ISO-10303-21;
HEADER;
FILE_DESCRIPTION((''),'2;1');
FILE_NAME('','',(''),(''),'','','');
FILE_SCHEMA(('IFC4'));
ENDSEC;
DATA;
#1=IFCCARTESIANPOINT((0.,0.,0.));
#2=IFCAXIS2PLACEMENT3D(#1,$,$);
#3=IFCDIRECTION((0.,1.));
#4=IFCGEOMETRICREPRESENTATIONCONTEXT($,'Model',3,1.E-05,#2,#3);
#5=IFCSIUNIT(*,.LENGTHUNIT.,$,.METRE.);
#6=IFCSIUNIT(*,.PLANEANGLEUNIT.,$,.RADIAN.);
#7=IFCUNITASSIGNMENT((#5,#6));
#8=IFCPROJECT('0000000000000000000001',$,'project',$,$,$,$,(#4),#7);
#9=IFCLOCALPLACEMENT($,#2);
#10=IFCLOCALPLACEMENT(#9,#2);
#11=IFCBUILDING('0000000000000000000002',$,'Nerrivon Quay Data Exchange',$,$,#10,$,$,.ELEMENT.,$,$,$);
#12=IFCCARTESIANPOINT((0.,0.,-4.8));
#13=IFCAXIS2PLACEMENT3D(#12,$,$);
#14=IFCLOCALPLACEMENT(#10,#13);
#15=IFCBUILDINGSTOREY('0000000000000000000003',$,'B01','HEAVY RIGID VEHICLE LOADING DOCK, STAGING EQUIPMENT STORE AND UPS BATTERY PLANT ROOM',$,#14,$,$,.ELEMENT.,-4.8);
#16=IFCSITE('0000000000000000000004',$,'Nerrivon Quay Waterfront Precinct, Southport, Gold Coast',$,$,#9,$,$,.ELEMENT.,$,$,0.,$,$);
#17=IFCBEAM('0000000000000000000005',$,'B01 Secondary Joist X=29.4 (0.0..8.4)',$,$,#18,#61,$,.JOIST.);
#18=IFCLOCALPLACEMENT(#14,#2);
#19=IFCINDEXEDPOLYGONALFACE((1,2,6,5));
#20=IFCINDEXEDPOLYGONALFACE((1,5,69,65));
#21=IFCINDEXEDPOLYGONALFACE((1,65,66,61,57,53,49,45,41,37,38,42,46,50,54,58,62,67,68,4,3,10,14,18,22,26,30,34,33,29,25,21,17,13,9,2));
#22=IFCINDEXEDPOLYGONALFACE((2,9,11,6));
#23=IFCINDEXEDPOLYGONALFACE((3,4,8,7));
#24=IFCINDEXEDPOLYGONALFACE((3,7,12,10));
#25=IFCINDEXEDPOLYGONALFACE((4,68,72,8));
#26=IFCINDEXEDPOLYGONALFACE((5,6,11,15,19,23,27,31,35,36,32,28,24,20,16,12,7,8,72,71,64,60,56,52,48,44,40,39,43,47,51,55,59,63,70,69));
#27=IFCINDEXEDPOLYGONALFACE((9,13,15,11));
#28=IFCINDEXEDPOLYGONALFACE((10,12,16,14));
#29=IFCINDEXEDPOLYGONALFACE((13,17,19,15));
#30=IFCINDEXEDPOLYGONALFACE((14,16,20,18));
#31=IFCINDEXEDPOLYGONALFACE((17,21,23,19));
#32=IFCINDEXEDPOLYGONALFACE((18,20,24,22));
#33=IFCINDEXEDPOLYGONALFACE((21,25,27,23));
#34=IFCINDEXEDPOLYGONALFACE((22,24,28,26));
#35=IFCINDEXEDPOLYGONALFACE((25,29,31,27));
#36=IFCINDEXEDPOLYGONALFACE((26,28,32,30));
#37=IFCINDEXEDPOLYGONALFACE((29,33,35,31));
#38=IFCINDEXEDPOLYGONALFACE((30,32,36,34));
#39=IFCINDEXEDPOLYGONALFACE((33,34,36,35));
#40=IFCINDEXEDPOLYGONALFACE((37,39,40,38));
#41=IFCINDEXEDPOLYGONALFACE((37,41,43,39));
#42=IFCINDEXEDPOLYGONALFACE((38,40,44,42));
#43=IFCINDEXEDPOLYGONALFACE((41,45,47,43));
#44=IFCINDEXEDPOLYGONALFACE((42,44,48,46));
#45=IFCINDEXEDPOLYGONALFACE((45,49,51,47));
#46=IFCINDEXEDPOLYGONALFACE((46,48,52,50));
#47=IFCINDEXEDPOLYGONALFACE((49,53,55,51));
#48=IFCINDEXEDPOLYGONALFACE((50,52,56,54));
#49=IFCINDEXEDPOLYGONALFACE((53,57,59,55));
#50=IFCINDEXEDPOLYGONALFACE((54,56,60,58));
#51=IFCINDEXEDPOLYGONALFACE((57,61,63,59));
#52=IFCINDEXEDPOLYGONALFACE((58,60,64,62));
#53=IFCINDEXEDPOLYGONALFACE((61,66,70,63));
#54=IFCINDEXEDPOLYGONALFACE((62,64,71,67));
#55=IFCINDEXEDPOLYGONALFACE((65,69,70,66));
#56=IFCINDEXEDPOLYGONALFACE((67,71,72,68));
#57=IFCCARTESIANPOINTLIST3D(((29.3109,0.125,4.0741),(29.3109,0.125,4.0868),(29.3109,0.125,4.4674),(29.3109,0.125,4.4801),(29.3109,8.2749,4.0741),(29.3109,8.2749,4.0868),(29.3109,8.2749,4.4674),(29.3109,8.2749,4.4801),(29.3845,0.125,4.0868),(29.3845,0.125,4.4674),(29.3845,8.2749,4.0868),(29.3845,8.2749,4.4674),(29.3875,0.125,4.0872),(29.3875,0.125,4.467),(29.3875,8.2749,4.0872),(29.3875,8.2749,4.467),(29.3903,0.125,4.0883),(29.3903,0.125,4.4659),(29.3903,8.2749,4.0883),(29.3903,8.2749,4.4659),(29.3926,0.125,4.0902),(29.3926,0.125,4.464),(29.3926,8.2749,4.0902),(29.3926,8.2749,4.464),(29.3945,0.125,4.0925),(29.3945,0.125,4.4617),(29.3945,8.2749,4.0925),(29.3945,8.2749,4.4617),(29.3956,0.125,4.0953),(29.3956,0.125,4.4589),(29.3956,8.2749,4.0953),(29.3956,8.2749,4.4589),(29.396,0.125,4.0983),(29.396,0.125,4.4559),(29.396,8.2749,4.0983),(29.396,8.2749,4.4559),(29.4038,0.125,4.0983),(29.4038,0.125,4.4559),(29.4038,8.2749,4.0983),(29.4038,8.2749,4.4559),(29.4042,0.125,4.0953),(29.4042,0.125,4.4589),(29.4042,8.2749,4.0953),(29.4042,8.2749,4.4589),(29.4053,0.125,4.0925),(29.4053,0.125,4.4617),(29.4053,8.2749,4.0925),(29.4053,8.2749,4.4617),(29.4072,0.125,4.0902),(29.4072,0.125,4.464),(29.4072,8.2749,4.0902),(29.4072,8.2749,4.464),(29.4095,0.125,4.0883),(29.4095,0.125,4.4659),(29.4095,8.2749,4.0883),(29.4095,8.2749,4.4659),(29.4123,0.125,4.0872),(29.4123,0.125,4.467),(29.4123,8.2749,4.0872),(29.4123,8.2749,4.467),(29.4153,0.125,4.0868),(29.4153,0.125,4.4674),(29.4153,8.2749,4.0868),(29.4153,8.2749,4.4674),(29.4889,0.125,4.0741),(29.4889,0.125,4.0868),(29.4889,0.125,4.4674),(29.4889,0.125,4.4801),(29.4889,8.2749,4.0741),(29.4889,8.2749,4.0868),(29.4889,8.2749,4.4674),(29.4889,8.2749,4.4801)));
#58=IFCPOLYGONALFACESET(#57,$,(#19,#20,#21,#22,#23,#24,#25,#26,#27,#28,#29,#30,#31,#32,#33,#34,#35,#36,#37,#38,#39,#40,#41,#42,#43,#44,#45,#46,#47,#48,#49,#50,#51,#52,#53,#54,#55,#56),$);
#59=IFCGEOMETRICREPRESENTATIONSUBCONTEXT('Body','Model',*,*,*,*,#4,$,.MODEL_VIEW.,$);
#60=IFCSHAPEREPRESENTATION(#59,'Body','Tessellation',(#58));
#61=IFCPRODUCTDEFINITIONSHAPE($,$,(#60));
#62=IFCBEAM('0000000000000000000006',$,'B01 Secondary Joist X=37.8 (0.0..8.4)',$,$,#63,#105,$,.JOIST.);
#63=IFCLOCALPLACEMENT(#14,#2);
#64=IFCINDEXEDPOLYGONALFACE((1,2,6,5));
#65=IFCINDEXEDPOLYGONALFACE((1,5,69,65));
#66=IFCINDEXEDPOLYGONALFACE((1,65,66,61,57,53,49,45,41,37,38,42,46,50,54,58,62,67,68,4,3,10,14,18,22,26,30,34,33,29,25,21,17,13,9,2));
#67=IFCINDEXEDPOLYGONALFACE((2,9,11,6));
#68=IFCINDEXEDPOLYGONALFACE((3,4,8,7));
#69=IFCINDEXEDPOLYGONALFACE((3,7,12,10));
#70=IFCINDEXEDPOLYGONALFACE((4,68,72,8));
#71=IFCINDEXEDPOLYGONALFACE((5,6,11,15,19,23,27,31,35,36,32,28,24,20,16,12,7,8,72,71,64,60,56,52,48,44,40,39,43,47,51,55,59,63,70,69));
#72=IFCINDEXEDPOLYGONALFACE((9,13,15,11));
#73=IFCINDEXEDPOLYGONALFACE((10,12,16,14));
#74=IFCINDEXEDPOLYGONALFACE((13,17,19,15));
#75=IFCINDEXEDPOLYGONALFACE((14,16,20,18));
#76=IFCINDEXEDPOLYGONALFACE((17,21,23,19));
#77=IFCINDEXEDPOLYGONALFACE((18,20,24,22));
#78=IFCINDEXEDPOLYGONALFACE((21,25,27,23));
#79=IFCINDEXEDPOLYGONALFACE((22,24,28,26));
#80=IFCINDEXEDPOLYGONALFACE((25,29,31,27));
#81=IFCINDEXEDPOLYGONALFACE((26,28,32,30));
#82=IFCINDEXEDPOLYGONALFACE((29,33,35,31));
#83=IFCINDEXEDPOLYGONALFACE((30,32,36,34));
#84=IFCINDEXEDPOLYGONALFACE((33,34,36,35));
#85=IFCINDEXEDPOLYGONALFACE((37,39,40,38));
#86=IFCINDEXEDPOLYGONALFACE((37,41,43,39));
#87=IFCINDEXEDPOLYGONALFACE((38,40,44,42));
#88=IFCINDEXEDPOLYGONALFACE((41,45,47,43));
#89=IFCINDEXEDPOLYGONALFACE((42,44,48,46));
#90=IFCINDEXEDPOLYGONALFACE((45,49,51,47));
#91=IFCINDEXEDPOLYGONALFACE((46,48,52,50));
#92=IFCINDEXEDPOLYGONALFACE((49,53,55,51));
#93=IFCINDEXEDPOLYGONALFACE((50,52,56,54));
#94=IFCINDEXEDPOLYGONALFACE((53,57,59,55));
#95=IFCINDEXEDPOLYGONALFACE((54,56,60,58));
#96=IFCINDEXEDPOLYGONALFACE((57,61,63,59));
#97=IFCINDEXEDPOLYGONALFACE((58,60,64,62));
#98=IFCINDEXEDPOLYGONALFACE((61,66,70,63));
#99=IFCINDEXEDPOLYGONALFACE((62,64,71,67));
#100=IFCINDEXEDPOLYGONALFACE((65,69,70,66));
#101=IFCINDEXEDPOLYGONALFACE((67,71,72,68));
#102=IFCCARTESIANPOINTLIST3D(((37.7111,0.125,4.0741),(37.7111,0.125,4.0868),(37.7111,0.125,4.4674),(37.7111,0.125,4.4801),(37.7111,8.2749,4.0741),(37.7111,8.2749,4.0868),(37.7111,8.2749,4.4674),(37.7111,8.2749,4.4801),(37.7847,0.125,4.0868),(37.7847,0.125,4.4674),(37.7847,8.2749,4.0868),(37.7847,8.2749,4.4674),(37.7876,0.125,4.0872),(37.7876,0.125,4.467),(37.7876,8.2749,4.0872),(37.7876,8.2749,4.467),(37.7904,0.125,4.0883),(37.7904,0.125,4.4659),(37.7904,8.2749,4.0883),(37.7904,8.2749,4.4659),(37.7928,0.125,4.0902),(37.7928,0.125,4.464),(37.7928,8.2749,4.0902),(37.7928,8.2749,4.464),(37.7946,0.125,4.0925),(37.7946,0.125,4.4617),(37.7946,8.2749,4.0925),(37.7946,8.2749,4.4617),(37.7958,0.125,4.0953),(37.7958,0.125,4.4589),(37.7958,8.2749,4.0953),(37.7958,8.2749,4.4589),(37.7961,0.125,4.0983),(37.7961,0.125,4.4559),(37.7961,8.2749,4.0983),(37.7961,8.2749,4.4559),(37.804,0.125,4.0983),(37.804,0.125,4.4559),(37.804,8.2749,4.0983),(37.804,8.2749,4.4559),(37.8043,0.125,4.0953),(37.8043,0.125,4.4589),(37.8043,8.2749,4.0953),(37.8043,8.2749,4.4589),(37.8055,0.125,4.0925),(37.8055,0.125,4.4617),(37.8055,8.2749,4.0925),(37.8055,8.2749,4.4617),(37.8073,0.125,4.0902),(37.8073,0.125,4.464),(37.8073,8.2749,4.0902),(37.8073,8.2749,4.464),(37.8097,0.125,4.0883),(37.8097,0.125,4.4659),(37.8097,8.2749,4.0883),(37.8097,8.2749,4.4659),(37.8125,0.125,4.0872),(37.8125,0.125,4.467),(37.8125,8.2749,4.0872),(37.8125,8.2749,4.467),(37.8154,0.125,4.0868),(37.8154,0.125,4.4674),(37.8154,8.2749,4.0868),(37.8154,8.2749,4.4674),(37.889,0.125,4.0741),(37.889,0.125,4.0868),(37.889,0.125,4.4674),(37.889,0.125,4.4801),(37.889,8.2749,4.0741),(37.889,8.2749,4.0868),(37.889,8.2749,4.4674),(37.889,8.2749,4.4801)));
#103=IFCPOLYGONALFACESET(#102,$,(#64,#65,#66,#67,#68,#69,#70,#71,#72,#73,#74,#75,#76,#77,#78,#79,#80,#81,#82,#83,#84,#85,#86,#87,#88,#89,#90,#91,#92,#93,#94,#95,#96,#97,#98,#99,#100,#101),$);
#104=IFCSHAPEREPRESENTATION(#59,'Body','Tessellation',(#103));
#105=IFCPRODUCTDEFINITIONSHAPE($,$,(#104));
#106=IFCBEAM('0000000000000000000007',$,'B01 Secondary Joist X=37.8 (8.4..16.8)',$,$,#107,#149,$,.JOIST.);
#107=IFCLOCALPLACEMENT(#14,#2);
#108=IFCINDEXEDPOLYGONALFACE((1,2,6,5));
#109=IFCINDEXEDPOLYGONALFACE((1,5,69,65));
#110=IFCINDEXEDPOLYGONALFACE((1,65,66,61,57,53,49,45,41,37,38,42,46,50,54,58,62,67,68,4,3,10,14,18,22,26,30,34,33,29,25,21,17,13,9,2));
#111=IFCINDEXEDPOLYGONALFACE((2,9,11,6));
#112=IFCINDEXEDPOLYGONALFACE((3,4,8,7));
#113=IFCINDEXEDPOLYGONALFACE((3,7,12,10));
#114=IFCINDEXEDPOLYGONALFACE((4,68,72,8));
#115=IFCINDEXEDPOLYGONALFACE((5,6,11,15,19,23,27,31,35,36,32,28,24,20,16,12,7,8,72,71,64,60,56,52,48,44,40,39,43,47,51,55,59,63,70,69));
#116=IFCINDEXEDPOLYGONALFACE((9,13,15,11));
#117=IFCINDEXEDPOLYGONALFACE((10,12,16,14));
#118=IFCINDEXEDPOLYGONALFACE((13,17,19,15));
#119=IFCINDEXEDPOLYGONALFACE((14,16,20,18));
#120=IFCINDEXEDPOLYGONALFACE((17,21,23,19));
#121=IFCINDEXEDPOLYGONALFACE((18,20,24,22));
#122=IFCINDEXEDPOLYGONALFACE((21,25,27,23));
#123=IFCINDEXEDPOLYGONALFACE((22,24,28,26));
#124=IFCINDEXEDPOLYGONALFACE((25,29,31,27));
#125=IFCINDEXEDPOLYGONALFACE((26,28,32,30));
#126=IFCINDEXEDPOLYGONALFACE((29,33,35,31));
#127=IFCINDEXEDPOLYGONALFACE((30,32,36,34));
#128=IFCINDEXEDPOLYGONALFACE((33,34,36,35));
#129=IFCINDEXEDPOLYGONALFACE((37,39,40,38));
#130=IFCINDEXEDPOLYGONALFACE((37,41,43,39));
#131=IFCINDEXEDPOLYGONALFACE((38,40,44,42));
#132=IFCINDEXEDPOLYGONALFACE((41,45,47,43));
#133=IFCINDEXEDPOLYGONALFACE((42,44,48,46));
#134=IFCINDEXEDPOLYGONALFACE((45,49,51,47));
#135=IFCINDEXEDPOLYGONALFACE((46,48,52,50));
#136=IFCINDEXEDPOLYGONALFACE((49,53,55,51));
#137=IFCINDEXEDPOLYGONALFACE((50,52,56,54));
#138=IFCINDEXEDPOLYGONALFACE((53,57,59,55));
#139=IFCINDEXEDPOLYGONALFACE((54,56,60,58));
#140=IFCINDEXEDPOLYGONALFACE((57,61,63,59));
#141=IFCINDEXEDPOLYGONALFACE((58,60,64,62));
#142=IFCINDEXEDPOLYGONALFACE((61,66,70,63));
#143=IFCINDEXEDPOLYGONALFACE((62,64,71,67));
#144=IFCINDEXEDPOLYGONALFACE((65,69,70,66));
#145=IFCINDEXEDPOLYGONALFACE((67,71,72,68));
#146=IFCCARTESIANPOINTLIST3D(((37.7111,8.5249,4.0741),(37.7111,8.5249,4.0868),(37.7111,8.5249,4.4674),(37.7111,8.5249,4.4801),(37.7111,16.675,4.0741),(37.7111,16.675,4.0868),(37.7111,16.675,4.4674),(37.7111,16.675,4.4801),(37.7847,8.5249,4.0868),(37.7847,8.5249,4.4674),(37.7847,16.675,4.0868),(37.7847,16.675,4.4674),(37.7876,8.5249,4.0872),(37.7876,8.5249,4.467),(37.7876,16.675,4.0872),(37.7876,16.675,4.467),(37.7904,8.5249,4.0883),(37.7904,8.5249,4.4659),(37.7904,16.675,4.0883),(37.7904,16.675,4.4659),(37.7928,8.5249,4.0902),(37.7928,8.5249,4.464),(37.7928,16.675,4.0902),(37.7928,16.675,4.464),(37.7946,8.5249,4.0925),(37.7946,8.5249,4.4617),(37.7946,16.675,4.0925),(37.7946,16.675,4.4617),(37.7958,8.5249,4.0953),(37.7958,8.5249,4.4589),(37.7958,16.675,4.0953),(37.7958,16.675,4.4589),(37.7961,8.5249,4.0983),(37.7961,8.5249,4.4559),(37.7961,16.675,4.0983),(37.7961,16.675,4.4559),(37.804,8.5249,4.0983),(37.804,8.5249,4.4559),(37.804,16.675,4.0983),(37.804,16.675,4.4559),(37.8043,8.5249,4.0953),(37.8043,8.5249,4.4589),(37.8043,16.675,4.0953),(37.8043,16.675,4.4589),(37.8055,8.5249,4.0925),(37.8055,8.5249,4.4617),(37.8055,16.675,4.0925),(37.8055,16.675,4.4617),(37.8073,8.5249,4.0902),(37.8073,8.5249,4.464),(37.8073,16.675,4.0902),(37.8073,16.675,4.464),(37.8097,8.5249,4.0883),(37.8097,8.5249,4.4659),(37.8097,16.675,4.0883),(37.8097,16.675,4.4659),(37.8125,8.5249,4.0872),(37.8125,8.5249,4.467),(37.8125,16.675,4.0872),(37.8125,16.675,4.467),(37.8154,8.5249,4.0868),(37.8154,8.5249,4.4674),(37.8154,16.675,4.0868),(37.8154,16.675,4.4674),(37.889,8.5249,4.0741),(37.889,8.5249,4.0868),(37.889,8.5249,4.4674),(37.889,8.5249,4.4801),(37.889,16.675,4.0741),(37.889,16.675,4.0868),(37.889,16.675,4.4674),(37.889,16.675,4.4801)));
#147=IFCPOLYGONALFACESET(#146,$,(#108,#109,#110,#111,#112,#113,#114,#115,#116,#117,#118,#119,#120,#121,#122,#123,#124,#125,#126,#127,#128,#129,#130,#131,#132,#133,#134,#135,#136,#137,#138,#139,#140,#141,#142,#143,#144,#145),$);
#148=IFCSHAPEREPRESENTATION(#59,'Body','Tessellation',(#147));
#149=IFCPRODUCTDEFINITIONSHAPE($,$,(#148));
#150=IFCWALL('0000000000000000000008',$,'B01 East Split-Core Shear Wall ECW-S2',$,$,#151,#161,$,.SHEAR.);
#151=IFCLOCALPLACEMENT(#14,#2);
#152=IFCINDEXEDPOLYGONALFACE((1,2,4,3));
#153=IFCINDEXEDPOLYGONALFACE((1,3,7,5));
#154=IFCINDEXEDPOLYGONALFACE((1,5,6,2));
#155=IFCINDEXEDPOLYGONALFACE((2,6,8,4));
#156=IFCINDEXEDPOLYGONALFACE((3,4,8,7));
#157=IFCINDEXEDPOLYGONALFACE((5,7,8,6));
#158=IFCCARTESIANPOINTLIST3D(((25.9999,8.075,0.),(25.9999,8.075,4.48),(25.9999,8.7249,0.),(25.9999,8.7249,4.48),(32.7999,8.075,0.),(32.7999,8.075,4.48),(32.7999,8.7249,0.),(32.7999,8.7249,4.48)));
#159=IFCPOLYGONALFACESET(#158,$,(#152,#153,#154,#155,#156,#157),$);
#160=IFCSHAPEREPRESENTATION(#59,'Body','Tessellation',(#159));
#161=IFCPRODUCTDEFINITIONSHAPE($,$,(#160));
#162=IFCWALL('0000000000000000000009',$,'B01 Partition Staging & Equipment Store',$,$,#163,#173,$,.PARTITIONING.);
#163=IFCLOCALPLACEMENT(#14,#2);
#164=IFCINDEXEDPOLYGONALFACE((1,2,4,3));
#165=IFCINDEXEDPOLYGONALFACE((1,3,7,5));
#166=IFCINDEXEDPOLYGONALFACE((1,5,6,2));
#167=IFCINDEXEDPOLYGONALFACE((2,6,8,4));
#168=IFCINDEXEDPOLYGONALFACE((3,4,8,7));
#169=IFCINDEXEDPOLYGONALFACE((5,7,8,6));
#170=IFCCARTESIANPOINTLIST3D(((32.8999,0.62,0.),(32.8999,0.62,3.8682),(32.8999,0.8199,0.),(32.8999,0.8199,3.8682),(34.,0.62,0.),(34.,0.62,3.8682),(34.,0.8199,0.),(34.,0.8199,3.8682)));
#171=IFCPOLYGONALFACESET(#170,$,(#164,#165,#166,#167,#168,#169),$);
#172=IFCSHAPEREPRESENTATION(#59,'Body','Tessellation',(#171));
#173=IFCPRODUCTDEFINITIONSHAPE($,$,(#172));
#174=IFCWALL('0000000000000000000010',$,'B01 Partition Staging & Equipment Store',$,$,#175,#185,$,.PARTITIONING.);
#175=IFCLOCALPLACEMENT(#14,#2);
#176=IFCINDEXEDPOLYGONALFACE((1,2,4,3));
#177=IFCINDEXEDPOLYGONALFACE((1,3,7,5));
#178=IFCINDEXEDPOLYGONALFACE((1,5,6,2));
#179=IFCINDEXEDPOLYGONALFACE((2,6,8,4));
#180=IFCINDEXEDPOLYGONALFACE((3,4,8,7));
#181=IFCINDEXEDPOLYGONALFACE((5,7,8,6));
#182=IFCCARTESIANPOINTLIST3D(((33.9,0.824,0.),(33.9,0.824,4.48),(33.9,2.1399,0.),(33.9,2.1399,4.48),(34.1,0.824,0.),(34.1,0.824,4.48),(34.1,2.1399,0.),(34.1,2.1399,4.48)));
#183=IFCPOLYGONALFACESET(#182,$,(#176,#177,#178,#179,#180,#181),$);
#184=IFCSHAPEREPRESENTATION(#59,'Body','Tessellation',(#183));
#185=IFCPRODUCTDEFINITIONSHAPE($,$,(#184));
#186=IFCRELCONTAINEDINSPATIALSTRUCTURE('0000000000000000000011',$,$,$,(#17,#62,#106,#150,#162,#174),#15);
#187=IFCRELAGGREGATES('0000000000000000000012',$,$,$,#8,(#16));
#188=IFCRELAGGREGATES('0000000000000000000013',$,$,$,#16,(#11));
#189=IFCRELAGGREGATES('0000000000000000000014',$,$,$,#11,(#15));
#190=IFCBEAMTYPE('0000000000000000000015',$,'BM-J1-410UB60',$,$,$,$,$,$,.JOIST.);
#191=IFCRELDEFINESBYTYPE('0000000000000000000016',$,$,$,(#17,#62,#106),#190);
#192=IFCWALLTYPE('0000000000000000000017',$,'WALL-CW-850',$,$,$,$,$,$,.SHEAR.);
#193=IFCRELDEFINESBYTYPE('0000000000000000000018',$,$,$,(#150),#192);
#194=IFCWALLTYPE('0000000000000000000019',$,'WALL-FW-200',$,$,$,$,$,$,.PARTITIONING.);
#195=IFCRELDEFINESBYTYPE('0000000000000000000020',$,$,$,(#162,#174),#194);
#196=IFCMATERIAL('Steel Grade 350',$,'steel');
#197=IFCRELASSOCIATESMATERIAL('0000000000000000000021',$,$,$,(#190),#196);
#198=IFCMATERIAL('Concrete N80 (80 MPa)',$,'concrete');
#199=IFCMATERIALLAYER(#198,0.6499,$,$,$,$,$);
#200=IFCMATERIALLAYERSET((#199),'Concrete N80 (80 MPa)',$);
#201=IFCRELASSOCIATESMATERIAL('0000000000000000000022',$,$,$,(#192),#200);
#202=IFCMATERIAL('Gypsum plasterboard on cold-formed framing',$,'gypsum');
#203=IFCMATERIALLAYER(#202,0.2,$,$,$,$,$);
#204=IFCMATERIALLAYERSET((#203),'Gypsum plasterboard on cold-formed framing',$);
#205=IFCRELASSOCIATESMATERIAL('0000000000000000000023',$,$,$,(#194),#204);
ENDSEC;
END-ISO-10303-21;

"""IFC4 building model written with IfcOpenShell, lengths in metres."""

from ifc_helpers import new_model, si_unit, direction, frame, frame_2d, origin, origin_2d, place, context, subcontext, project, spatial, rectangle, i_section, extrude, material, layer, layer_set, material_profile, profile_set, type_object, element, save


model = new_model("IFC4")

# Units and contexts
model_context = context("Model", 3, precision=1e-05, world=origin(), true_north=direction((0.0, 1.0)))
body_context = subcontext(model_context, "Body", "Model", "MODEL_VIEW")
ifc_project = project(units=[si_unit("LENGTHUNIT", "METRE"), si_unit("PLANEANGLEUNIT", "RADIAN")], contexts=[model_context])

# Site, building, storey
site_placement = place(None, origin())
site = spatial("IfcSite", under=ifc_project, at=site_placement, Name="Nerrivon Quay Waterfront Precinct, Southport, Gold Coast", CompositionType="ELEMENT", RefElevation=0.0)
building_placement = place(site_placement, origin())
building = spatial("IfcBuilding", under=site, at=building_placement, Name="Nerrivon Quay Data Exchange", CompositionType="ELEMENT")
storey_placement = place(building_placement, frame((0.0, 0.0, -4.8)))
storey = spatial("IfcBuildingStorey", under=building, at=storey_placement, Name="B01", Description="HEAVY RIGID VEHICLE LOADING DOCK, STAGING EQUIPMENT STORE AND UPS BATTERY PLANT ROOM", CompositionType="ELEMENT", Elevation=-4.8)

# Shared definitions
ifc_material_1 = material(Name="Concrete N80 (80 MPa)", Category="concrete")

# Beams
ifc_material_2 = material(Name="Steel Grade 350", Category="steel")
ifc_material_profile_1 = material_profile(ifc_material_2, i_section(OverallWidth=0.178, OverallDepth=0.406, WebThickness=0.0078, FlangeThickness=0.0127, FilletRadius=0.0115, at=origin_2d()), Name="410UB59.7")
ifc_profile_set_1 = profile_set([ifc_material_profile_1], Name="Steel Grade 350")
beam_type_1 = type_object("IfcBeamType", Name="BM-J1-410UB60", PredefinedType="JOIST", material=ifc_profile_set_1)
for number, where, z_axis, x_axis, name in (
    (1, (29.3999, 0.125, 4.2771), (0.0, 1.0, 0.0), (-1.0, 0.0, 0.0), "B01 Secondary Joist X=29.4 (0.0..8.4)"),
    (2, (37.8, 0.125, 4.2771), (0.0, 1.0, 0.0), (-1.0, 0.0, 0.0), "B01 Secondary Joist X=37.8 (0.0..8.4)"),
):
    element("IfcBeam", number, at=place(storey_placement, frame(where, z_axis=z_axis, x_axis=x_axis)), inside=storey, type_object=beam_type_1, Name=name, PredefinedType="JOIST", context=body_context, shape_type="SweptSolid", body=[
        extrude(i_section(OverallWidth=0.178, OverallDepth=0.406, WebThickness=0.0078, FlangeThickness=0.0127, FilletRadius=0.0115, at=origin_2d()), origin(), (0.0, 0.0, 1.0), 8.1499),
    ])
beam_1_placement = place(storey_placement, frame((37.8, 8.5249, 4.2771), z_axis=(0.0, 1.0, 0.0), x_axis=(-1.0, 0.0, 0.0)))
element("IfcBeam", 3, at=beam_1_placement, inside=storey, type_object=beam_type_1, Name="B01 Secondary Joist X=37.8 (8.4..16.8)", PredefinedType="JOIST", context=body_context, shape_type="SweptSolid", body=[
    extrude(i_section(OverallWidth=0.178, OverallDepth=0.406, WebThickness=0.0078, FlangeThickness=0.0127, FilletRadius=0.0115, at=origin_2d()), origin(), (0.0, 0.0, 1.0), 8.1501),
])

# Wall
ifc_layer_1 = layer(ifc_material_1, 0.6499)
ifc_layer_set_1 = layer_set([ifc_layer_1], Name="Concrete N80 (80 MPa)")
wall_type_1 = type_object("IfcWallType", Name="WALL-CW-850", PredefinedType="SHEAR", material=ifc_layer_set_1)
wall_1_placement = place(storey_placement, frame((26.0, 8.3999, 0.0), z_axis=(0.0, 0.0, 1.0), x_axis=(1.0, 0.0, 0.0)))
element("IfcWall", 4, at=wall_1_placement, inside=storey, type_object=wall_type_1, Name="B01 East Split-Core Shear Wall ECW-S2", PredefinedType="SHEAR", context=body_context, shape_type="SweptSolid", body=[
    extrude(rectangle(XDim=6.8, YDim=0.6499, at=frame_2d((3.3999, 0.0))), origin(), (0.0, 0.0, 1.0), 4.48),
])

# Walls
ifc_material_3 = material(Name="Gypsum plasterboard on cold-formed framing", Category="gypsum")
ifc_layer_2 = layer(ifc_material_3, 0.2)
ifc_layer_set_2 = layer_set([ifc_layer_2], Name="Gypsum plasterboard on cold-formed framing")
wall_type_2 = type_object("IfcWallType", Name="WALL-FW-200", PredefinedType="PARTITIONING", material=ifc_layer_set_2)
wall_2_placement = place(storey_placement, frame((32.8999, 0.72, 0.0), z_axis=(0.0, 0.0, 1.0), x_axis=(1.0, 0.0, 0.0)))
element("IfcWall", 5, at=wall_2_placement, inside=storey, type_object=wall_type_2, Name="B01 Partition Staging & Equipment Store", PredefinedType="PARTITIONING", context=body_context, shape_type="SweptSolid", body=[
    extrude(rectangle(XDim=1.1001, YDim=0.2, at=frame_2d((0.55, 0.0))), origin(), (0.0, 0.0, 1.0), 3.8682),
])
wall_3_placement = place(storey_placement, frame((34.0, 0.824, 0.0), z_axis=(0.0, 0.0, 1.0), x_axis=(0.0, 1.0, 0.0)))
element("IfcWall", 6, at=wall_3_placement, inside=storey, type_object=wall_type_2, Name="B01 Partition Staging & Equipment Store", PredefinedType="PARTITIONING", context=body_context, shape_type="SweptSolid", body=[
    extrude(rectangle(XDim=1.3159, YDim=0.2, at=frame_2d((0.658, 0.0))), origin(), (0.0, 0.0, 1.0), 4.48),
])

save(model, "model.ifc")
